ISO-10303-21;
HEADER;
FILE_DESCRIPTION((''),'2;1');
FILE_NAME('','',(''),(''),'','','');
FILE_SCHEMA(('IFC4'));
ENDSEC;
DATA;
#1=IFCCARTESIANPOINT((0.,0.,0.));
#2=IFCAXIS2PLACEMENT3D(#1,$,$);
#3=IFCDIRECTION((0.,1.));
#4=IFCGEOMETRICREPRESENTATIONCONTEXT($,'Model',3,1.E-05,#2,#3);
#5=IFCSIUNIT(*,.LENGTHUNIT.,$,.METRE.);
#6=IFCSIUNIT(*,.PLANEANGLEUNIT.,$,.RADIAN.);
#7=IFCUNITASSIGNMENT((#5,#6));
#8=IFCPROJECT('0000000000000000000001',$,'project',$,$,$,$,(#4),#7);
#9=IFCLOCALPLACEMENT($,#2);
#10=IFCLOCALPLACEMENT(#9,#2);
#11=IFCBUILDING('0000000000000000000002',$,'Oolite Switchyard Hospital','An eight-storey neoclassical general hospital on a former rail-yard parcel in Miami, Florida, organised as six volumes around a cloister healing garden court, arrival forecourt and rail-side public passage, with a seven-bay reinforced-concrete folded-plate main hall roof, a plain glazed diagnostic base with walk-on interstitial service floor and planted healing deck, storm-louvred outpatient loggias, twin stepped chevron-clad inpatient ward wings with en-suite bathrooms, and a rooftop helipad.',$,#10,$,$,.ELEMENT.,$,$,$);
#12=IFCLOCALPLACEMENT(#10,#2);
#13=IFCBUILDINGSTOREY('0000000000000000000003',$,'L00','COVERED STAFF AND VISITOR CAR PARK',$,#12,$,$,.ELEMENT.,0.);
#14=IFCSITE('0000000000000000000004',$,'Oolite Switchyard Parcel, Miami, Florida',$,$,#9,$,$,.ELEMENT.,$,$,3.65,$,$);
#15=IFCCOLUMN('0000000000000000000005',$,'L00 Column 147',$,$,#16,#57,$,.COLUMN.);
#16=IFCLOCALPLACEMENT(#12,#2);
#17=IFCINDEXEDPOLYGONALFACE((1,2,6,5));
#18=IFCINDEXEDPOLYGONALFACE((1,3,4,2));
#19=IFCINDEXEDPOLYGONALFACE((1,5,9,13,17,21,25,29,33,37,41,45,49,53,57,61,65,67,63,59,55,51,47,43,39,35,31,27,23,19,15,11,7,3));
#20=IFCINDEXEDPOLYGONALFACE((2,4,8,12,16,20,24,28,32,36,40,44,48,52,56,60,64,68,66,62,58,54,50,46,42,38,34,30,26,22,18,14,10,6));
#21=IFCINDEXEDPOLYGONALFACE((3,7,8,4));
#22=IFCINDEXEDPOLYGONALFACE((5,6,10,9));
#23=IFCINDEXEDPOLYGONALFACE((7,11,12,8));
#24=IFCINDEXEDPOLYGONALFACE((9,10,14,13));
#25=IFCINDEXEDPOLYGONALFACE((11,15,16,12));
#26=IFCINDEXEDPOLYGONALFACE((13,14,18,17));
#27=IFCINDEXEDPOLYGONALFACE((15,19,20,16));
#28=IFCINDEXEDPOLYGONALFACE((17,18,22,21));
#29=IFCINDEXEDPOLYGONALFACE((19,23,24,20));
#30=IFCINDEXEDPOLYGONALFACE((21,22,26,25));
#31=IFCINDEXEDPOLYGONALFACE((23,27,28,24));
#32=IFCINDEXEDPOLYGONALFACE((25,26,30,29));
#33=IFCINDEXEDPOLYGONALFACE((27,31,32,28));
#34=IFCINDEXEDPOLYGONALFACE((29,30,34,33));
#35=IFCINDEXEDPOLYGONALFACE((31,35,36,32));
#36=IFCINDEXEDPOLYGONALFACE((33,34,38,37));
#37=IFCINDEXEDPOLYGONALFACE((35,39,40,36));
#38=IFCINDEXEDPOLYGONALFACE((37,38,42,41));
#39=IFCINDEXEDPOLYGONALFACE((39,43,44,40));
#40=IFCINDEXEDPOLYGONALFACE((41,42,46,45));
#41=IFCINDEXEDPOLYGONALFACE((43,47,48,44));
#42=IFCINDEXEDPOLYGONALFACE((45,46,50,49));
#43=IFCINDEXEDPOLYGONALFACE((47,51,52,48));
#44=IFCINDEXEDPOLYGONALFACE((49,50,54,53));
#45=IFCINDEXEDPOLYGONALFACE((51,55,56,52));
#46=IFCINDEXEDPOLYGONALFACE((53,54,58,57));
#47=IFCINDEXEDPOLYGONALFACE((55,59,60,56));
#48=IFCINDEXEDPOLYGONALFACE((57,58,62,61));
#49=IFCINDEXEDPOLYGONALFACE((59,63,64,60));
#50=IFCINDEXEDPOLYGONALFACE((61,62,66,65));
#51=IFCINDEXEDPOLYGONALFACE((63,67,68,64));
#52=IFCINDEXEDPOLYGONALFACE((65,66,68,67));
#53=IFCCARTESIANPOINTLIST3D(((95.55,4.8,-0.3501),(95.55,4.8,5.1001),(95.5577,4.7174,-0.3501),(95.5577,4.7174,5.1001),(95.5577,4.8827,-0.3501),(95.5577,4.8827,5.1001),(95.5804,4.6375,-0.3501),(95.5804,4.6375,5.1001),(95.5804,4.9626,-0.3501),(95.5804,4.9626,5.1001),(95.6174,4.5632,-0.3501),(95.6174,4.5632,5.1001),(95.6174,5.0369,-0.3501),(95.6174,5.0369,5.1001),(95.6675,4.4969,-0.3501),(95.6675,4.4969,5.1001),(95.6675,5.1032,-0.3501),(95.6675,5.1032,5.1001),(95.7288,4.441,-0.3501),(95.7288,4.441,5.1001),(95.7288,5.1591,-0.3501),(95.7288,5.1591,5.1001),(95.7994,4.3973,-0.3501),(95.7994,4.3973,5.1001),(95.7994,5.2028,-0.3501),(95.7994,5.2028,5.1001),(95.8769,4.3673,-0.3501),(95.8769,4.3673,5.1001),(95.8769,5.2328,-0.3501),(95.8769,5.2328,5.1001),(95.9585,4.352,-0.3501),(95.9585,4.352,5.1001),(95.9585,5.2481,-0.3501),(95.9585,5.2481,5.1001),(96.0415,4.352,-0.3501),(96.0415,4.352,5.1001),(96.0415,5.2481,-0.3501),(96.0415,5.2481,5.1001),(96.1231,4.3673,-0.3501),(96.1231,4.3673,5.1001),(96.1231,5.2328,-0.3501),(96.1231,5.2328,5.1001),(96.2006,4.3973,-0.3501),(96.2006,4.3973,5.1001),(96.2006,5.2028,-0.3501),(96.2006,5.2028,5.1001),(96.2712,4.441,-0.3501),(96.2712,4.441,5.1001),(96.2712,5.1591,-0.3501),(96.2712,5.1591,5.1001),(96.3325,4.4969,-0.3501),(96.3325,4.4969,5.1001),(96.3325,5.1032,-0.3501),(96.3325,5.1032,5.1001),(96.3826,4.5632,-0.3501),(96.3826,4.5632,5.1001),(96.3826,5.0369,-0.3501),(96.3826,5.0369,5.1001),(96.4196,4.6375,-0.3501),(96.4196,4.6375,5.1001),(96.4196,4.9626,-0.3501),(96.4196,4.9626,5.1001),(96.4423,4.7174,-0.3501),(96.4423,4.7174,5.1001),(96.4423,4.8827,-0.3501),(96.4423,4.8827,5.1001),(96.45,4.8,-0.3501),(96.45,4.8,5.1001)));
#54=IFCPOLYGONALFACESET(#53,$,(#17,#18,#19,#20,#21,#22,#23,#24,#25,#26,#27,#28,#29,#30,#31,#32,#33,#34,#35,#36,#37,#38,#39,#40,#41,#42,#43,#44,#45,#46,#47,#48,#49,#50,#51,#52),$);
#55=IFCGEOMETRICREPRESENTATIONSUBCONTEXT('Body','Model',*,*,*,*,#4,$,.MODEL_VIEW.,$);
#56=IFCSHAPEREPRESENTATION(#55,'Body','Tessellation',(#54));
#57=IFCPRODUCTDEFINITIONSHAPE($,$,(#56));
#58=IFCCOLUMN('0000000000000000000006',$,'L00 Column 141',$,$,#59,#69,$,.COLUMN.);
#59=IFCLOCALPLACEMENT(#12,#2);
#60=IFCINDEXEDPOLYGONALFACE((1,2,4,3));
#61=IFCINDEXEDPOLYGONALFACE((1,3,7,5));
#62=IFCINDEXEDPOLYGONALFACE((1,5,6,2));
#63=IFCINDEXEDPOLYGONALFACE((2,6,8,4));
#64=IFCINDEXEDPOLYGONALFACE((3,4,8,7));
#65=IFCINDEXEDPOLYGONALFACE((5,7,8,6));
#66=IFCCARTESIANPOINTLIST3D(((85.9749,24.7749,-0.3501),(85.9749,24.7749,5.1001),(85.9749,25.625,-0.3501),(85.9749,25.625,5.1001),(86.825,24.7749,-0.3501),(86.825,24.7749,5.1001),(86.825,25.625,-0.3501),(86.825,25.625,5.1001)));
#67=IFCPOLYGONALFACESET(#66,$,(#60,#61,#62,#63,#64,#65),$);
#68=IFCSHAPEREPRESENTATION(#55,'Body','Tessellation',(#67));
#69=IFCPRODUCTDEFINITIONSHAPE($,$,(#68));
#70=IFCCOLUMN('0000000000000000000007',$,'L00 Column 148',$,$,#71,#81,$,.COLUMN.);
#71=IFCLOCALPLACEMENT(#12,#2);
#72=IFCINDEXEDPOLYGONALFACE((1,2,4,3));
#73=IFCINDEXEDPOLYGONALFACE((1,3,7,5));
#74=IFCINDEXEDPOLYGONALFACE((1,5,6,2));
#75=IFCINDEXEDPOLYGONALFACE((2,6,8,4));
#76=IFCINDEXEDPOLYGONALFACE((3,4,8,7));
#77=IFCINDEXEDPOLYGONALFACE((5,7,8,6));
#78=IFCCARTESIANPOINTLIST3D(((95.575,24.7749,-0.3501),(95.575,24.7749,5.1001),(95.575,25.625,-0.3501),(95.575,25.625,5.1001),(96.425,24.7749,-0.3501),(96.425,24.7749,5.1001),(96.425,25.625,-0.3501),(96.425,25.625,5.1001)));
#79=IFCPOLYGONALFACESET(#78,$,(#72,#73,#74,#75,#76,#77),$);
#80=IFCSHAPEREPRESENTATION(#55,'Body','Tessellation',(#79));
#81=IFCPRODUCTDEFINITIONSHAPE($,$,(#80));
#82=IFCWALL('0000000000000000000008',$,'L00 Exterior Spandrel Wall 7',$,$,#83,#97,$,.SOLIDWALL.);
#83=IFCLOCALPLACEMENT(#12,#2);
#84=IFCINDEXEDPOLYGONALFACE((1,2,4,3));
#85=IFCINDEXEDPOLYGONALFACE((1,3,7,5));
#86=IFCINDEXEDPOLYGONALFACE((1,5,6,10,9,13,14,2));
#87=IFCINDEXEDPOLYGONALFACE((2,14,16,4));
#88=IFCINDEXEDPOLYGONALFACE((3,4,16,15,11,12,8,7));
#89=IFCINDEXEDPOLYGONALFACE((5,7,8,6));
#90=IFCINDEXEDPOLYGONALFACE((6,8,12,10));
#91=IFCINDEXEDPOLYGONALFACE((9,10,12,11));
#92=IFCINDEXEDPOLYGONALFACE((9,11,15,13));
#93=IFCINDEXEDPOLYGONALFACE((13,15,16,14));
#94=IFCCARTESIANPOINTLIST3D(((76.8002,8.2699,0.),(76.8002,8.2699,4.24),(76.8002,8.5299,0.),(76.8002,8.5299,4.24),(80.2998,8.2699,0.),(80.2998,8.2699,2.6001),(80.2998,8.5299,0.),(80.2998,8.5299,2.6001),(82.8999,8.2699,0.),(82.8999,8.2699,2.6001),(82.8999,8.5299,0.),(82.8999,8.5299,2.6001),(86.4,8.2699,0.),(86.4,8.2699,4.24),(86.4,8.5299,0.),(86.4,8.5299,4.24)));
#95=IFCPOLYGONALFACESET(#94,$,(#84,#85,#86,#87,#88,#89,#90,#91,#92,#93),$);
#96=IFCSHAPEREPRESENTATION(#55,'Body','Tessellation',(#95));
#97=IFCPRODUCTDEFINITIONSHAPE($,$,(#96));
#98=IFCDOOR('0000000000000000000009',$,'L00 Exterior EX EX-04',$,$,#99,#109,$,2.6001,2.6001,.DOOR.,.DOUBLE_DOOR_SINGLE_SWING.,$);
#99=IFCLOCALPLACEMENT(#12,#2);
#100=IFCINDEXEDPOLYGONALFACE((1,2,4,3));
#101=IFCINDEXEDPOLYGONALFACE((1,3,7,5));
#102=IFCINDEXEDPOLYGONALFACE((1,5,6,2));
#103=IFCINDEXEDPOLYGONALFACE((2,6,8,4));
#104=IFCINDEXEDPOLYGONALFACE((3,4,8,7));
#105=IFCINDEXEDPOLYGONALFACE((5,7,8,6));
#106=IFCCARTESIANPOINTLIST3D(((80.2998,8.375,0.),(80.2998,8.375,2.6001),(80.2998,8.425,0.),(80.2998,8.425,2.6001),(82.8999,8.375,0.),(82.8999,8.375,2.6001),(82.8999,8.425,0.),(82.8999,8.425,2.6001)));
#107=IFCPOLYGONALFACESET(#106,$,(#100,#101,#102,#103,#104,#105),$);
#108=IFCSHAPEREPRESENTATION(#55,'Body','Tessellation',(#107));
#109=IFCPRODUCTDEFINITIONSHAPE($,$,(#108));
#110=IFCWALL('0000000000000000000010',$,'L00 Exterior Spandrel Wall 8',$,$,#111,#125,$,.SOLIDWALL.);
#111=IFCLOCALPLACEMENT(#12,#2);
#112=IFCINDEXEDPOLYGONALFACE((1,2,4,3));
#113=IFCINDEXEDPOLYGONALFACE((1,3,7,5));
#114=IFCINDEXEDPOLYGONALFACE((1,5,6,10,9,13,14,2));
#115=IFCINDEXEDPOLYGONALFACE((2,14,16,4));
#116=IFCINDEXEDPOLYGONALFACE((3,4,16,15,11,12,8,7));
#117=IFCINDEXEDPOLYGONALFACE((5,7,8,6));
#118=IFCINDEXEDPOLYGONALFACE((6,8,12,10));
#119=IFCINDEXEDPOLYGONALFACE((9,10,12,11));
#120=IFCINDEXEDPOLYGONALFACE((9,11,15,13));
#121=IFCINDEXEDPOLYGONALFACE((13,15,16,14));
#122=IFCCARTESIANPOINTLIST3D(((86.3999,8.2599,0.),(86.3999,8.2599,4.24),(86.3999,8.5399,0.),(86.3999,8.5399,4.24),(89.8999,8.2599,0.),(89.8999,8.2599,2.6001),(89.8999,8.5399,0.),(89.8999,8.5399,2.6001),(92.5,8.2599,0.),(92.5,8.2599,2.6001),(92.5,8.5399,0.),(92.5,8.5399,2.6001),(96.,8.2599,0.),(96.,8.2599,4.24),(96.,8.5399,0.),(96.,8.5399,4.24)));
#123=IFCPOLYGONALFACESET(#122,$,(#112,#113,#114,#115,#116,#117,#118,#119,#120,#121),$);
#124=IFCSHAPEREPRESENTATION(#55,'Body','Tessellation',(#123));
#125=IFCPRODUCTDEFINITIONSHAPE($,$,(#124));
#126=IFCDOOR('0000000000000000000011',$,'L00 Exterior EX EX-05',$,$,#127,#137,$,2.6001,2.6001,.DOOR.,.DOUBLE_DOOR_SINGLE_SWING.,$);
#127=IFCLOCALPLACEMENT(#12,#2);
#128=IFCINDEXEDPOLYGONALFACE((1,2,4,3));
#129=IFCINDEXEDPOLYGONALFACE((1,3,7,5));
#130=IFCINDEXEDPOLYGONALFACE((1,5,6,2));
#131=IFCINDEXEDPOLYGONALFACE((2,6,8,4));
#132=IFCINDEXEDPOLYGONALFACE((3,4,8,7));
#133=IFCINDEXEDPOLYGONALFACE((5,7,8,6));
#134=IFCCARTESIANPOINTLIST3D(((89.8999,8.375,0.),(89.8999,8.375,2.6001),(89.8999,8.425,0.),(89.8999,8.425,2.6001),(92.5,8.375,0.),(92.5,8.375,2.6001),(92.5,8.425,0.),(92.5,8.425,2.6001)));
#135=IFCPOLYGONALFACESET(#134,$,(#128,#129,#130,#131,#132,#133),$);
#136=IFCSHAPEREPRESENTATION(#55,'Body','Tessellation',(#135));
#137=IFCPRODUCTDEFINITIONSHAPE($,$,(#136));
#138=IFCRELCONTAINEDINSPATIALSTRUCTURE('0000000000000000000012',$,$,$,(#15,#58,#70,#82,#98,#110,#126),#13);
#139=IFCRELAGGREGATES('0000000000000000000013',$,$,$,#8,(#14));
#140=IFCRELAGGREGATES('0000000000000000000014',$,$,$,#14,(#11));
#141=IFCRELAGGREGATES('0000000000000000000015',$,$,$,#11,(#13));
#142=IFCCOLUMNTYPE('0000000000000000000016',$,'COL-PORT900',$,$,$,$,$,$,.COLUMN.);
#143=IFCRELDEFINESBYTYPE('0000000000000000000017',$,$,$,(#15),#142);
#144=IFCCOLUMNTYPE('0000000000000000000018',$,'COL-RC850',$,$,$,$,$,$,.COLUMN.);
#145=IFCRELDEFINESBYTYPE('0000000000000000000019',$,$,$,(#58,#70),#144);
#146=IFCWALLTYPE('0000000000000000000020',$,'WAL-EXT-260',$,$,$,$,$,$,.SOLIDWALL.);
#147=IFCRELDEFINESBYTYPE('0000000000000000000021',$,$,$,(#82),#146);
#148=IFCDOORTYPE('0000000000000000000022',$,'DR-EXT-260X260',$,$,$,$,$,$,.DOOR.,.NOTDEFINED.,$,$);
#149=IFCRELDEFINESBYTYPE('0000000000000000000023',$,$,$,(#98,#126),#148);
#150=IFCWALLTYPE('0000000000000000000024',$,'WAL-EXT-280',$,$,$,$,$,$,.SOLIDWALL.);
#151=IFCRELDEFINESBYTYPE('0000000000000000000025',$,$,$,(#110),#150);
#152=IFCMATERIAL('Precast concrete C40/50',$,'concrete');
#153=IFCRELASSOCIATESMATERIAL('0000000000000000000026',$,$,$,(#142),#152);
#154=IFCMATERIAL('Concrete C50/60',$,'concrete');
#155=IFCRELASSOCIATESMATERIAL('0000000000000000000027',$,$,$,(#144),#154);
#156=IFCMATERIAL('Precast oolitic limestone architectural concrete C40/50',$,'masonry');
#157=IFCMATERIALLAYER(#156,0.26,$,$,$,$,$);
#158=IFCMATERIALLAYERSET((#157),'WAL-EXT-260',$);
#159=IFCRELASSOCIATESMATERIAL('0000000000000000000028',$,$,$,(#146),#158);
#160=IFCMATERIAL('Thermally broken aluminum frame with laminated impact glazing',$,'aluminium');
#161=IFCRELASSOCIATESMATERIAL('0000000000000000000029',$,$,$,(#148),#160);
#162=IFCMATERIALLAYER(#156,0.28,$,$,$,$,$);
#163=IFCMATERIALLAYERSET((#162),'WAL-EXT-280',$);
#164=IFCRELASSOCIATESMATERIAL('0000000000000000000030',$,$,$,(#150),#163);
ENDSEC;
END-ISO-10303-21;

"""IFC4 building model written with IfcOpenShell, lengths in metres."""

from ifc_helpers import new_model, si_unit, direction, frame, frame_2d, origin, origin_2d, place, context, subcontext, project, spatial, rectangle, circle, extrude, material, layer, layer_set, material_profile, profile_set, type_object, element, fill, save


model = new_model("IFC4")

# Units and contexts
model_context = context("Model", 3, precision=1e-05, world=origin(), true_north=direction((0.0, 1.0)))
body_context = subcontext(model_context, "Body", "Model", "MODEL_VIEW")
ifc_project = project(units=[si_unit("LENGTHUNIT", "METRE"), si_unit("PLANEANGLEUNIT", "RADIAN")], contexts=[model_context])

# Site, building, storey
site_placement = place(None, origin())
site = spatial("IfcSite", under=ifc_project, at=site_placement, Name="Oolite Switchyard Parcel, Miami, Florida", CompositionType="ELEMENT", RefElevation=3.65)
building_placement = place(site_placement, origin())
building = spatial("IfcBuilding", under=site, at=building_placement, Name="Oolite Switchyard Hospital", Description="An eight-storey neoclassical general hospital on a former rail-yard parcel in Miami, Florida, organised as six volumes around a cloister healing garden court, arrival forecourt and rail-side public passage, with a seven-bay reinforced-concrete folded-plate main hall roof, a plain glazed diagnostic base with walk-on interstitial service floor and planted healing deck, storm-louvred outpatient loggias, twin stepped chevron-clad inpatient ward wings with en-suite bathrooms, and a rooftop helipad.", CompositionType="ELEMENT")
storey_placement = place(building_placement, origin())
storey = spatial("IfcBuildingStorey", under=building, at=storey_placement, Name="L00", Description="COVERED STAFF AND VISITOR CAR PARK", CompositionType="ELEMENT", Elevation=0.0)

# Columns
ifc_material_1 = material(Name="Precast concrete C40/50", Category="concrete")
ifc_material_profile_1 = material_profile(ifc_material_1, circle(Radius=0.45, at=origin_2d()), Name="RCCOL900")
ifc_profile_set_1 = profile_set([ifc_material_profile_1], Name="Precast concrete C40/50")
column_type_1 = type_object("IfcColumnType", Name="COL-PORT900", PredefinedType="COLUMN", material=ifc_profile_set_1)
for number, where, z_axis, x_axis, name in (
    (1, (96.0, 4.8, -0.3501), (0.0, 0.0, 1.0), (1.0, 0.0, 0.0), "L00 Column 147"),
):
    element("IfcColumn", number, at=place(storey_placement, frame(where, z_axis=z_axis, x_axis=x_axis)), inside=storey, type_object=column_type_1, Name=name, PredefinedType="COLUMN", context=body_context, shape_type="SweptSolid", body=[
        extrude(circle(Radius=0.45, at=origin_2d()), origin(), (0.0, 0.0, 1.0), 5.4502),
    ])
ifc_material_2 = material(Name="Concrete C50/60", Category="concrete")
ifc_material_profile_2 = material_profile(ifc_material_2, rectangle(XDim=0.8501, YDim=0.8501, at=origin_2d()), Name="RC850X850")
ifc_profile_set_2 = profile_set([ifc_material_profile_2], Name="Concrete C50/60")
column_type_2 = type_object("IfcColumnType", Name="COL-RC850", PredefinedType="COLUMN", material=ifc_profile_set_2)
for number, where, z_axis, x_axis, name in (
    (2, (86.3999, 25.2, -0.3501), (0.0, 0.0, 1.0), (1.0, 0.0, 0.0), "L00 Column 141"),
    (3, (96.0, 25.2, -0.3501), (0.0, 0.0, 1.0), (1.0, 0.0, 0.0), "L00 Column 148"),
):
    element("IfcColumn", number, at=place(storey_placement, frame(where, z_axis=z_axis, x_axis=x_axis)), inside=storey, type_object=column_type_2, Name=name, PredefinedType="COLUMN", context=body_context, shape_type="SweptSolid", body=[
        extrude(rectangle(XDim=0.8501, YDim=0.8501, at=origin_2d()), origin(), (0.0, 0.0, 1.0), 5.4502),
    ])

# Walls, openings, doors
ifc_material_3 = material(Name="Precast oolitic limestone architectural concrete C40/50", Category="masonry")
ifc_layer_1 = layer(ifc_material_3, 0.26)
ifc_layer_set_1 = layer_set([ifc_layer_1], Name="WAL-EXT-260")
wall_type_1 = type_object("IfcWallType", Name="WAL-EXT-260", PredefinedType="SOLIDWALL", material=ifc_layer_set_1)
wall_1_placement = place(storey_placement, frame((86.3999, 8.3999, 0.0), z_axis=(0.0, 0.0, 1.0), x_axis=(-1.0, 0.0, 0.0)))
wall_1 = element("IfcWall", 4, at=wall_1_placement, inside=storey, type_object=wall_type_1, Name="L00 Exterior Spandrel Wall 7", PredefinedType="SOLIDWALL", context=body_context, shape_type="SweptSolid", body=[
    extrude(rectangle(XDim=9.5999, YDim=0.26, at=frame_2d((4.7998, 0.0))), origin(), (0.0, 0.0, 1.0), 4.24),
])
opening_1_placement = place(wall_1_placement, frame((3.5, 0.0, 0.0)))
opening_1 = element("IfcOpeningElement", 5, at=opening_1_placement, cuts=wall_1, PredefinedType="OPENING", context=body_context, shape_type="SweptSolid", body=[
    extrude(rectangle(XDim=2.6001, YDim=2.6001, at=frame_2d((1.3, 1.3))), frame((0.0, 0.1401, 0.0), z_axis=(0.0, -1.0, 0.0), x_axis=(1.0, 0.0, 0.0)), (0.0, 0.0, 1.0), 0.28),
])
ifc_material_4 = material(Name="Thermally broken aluminum frame with laminated impact glazing", Category="aluminium")
door_type = type_object("IfcDoorType", Name="DR-EXT-260X260", OperationType="NOTDEFINED", PredefinedType="DOOR", material=ifc_material_4)
door_1_placement = place(opening_1_placement, origin())
door_1 = element("IfcDoor", 6, at=door_1_placement, inside=storey, type_object=door_type, Name="L00 Exterior EX EX-04", OperationType="DOUBLE_DOOR_SINGLE_SWING", OverallHeight=2.6001, OverallWidth=2.6001, PredefinedType="DOOR", context=body_context, shape_type="SweptSolid", body=[
    extrude(rectangle(XDim=2.6001, YDim=2.6001, at=frame_2d((1.3, 1.3))), frame((0.0, 0.0249, 0.0), z_axis=(0.0, -1.0, 0.0), x_axis=(1.0, 0.0, 0.0)), (0.0, 0.0, 1.0), 0.05),
])
fill(opening_1, door_1)
ifc_layer_2 = layer(ifc_material_3, 0.28)
ifc_layer_set_2 = layer_set([ifc_layer_2], Name="WAL-EXT-280")
wall_type_2 = type_object("IfcWallType", Name="WAL-EXT-280", PredefinedType="SOLIDWALL", material=ifc_layer_set_2)
wall_2_placement = place(storey_placement, frame((96.0, 8.3999, 0.0), z_axis=(0.0, 0.0, 1.0), x_axis=(-1.0, 0.0, 0.0)))
wall_2 = element("IfcWall", 7, at=wall_2_placement, inside=storey, type_object=wall_type_2, Name="L00 Exterior Spandrel Wall 8", PredefinedType="SOLIDWALL", context=body_context, shape_type="SweptSolid", body=[
    extrude(rectangle(XDim=9.6001, YDim=0.28, at=frame_2d((4.8, 0.0))), origin(), (0.0, 0.0, 1.0), 4.24),
])
opening_2_placement = place(wall_2_placement, frame((3.5, 0.0, 0.0)))
opening_2 = element("IfcOpeningElement", 8, at=opening_2_placement, cuts=wall_2, PredefinedType="OPENING", context=body_context, shape_type="SweptSolid", body=[
    extrude(rectangle(XDim=2.6001, YDim=2.6001, at=frame_2d((1.3, 1.3))), frame((0.0, 0.1499, 0.0), z_axis=(0.0, -1.0, 0.0), x_axis=(1.0, 0.0, 0.0)), (0.0, 0.0, 1.0), 0.3),
])
door_2_placement = place(opening_2_placement, origin())
door_2 = element("IfcDoor", 9, at=door_2_placement, inside=storey, type_object=door_type, Name="L00 Exterior EX EX-05", OperationType="DOUBLE_DOOR_SINGLE_SWING", OverallHeight=2.6001, OverallWidth=2.6001, PredefinedType="DOOR", context=body_context, shape_type="SweptSolid", body=[
    extrude(rectangle(XDim=2.6001, YDim=2.6001, at=frame_2d((1.3, 1.3))), frame((0.0, 0.0249, 0.0), z_axis=(0.0, -1.0, 0.0), x_axis=(1.0, 0.0, 0.0)), (0.0, 0.0, 1.0), 0.05),
])
fill(opening_2, door_2)

save(model, "model.ifc")
